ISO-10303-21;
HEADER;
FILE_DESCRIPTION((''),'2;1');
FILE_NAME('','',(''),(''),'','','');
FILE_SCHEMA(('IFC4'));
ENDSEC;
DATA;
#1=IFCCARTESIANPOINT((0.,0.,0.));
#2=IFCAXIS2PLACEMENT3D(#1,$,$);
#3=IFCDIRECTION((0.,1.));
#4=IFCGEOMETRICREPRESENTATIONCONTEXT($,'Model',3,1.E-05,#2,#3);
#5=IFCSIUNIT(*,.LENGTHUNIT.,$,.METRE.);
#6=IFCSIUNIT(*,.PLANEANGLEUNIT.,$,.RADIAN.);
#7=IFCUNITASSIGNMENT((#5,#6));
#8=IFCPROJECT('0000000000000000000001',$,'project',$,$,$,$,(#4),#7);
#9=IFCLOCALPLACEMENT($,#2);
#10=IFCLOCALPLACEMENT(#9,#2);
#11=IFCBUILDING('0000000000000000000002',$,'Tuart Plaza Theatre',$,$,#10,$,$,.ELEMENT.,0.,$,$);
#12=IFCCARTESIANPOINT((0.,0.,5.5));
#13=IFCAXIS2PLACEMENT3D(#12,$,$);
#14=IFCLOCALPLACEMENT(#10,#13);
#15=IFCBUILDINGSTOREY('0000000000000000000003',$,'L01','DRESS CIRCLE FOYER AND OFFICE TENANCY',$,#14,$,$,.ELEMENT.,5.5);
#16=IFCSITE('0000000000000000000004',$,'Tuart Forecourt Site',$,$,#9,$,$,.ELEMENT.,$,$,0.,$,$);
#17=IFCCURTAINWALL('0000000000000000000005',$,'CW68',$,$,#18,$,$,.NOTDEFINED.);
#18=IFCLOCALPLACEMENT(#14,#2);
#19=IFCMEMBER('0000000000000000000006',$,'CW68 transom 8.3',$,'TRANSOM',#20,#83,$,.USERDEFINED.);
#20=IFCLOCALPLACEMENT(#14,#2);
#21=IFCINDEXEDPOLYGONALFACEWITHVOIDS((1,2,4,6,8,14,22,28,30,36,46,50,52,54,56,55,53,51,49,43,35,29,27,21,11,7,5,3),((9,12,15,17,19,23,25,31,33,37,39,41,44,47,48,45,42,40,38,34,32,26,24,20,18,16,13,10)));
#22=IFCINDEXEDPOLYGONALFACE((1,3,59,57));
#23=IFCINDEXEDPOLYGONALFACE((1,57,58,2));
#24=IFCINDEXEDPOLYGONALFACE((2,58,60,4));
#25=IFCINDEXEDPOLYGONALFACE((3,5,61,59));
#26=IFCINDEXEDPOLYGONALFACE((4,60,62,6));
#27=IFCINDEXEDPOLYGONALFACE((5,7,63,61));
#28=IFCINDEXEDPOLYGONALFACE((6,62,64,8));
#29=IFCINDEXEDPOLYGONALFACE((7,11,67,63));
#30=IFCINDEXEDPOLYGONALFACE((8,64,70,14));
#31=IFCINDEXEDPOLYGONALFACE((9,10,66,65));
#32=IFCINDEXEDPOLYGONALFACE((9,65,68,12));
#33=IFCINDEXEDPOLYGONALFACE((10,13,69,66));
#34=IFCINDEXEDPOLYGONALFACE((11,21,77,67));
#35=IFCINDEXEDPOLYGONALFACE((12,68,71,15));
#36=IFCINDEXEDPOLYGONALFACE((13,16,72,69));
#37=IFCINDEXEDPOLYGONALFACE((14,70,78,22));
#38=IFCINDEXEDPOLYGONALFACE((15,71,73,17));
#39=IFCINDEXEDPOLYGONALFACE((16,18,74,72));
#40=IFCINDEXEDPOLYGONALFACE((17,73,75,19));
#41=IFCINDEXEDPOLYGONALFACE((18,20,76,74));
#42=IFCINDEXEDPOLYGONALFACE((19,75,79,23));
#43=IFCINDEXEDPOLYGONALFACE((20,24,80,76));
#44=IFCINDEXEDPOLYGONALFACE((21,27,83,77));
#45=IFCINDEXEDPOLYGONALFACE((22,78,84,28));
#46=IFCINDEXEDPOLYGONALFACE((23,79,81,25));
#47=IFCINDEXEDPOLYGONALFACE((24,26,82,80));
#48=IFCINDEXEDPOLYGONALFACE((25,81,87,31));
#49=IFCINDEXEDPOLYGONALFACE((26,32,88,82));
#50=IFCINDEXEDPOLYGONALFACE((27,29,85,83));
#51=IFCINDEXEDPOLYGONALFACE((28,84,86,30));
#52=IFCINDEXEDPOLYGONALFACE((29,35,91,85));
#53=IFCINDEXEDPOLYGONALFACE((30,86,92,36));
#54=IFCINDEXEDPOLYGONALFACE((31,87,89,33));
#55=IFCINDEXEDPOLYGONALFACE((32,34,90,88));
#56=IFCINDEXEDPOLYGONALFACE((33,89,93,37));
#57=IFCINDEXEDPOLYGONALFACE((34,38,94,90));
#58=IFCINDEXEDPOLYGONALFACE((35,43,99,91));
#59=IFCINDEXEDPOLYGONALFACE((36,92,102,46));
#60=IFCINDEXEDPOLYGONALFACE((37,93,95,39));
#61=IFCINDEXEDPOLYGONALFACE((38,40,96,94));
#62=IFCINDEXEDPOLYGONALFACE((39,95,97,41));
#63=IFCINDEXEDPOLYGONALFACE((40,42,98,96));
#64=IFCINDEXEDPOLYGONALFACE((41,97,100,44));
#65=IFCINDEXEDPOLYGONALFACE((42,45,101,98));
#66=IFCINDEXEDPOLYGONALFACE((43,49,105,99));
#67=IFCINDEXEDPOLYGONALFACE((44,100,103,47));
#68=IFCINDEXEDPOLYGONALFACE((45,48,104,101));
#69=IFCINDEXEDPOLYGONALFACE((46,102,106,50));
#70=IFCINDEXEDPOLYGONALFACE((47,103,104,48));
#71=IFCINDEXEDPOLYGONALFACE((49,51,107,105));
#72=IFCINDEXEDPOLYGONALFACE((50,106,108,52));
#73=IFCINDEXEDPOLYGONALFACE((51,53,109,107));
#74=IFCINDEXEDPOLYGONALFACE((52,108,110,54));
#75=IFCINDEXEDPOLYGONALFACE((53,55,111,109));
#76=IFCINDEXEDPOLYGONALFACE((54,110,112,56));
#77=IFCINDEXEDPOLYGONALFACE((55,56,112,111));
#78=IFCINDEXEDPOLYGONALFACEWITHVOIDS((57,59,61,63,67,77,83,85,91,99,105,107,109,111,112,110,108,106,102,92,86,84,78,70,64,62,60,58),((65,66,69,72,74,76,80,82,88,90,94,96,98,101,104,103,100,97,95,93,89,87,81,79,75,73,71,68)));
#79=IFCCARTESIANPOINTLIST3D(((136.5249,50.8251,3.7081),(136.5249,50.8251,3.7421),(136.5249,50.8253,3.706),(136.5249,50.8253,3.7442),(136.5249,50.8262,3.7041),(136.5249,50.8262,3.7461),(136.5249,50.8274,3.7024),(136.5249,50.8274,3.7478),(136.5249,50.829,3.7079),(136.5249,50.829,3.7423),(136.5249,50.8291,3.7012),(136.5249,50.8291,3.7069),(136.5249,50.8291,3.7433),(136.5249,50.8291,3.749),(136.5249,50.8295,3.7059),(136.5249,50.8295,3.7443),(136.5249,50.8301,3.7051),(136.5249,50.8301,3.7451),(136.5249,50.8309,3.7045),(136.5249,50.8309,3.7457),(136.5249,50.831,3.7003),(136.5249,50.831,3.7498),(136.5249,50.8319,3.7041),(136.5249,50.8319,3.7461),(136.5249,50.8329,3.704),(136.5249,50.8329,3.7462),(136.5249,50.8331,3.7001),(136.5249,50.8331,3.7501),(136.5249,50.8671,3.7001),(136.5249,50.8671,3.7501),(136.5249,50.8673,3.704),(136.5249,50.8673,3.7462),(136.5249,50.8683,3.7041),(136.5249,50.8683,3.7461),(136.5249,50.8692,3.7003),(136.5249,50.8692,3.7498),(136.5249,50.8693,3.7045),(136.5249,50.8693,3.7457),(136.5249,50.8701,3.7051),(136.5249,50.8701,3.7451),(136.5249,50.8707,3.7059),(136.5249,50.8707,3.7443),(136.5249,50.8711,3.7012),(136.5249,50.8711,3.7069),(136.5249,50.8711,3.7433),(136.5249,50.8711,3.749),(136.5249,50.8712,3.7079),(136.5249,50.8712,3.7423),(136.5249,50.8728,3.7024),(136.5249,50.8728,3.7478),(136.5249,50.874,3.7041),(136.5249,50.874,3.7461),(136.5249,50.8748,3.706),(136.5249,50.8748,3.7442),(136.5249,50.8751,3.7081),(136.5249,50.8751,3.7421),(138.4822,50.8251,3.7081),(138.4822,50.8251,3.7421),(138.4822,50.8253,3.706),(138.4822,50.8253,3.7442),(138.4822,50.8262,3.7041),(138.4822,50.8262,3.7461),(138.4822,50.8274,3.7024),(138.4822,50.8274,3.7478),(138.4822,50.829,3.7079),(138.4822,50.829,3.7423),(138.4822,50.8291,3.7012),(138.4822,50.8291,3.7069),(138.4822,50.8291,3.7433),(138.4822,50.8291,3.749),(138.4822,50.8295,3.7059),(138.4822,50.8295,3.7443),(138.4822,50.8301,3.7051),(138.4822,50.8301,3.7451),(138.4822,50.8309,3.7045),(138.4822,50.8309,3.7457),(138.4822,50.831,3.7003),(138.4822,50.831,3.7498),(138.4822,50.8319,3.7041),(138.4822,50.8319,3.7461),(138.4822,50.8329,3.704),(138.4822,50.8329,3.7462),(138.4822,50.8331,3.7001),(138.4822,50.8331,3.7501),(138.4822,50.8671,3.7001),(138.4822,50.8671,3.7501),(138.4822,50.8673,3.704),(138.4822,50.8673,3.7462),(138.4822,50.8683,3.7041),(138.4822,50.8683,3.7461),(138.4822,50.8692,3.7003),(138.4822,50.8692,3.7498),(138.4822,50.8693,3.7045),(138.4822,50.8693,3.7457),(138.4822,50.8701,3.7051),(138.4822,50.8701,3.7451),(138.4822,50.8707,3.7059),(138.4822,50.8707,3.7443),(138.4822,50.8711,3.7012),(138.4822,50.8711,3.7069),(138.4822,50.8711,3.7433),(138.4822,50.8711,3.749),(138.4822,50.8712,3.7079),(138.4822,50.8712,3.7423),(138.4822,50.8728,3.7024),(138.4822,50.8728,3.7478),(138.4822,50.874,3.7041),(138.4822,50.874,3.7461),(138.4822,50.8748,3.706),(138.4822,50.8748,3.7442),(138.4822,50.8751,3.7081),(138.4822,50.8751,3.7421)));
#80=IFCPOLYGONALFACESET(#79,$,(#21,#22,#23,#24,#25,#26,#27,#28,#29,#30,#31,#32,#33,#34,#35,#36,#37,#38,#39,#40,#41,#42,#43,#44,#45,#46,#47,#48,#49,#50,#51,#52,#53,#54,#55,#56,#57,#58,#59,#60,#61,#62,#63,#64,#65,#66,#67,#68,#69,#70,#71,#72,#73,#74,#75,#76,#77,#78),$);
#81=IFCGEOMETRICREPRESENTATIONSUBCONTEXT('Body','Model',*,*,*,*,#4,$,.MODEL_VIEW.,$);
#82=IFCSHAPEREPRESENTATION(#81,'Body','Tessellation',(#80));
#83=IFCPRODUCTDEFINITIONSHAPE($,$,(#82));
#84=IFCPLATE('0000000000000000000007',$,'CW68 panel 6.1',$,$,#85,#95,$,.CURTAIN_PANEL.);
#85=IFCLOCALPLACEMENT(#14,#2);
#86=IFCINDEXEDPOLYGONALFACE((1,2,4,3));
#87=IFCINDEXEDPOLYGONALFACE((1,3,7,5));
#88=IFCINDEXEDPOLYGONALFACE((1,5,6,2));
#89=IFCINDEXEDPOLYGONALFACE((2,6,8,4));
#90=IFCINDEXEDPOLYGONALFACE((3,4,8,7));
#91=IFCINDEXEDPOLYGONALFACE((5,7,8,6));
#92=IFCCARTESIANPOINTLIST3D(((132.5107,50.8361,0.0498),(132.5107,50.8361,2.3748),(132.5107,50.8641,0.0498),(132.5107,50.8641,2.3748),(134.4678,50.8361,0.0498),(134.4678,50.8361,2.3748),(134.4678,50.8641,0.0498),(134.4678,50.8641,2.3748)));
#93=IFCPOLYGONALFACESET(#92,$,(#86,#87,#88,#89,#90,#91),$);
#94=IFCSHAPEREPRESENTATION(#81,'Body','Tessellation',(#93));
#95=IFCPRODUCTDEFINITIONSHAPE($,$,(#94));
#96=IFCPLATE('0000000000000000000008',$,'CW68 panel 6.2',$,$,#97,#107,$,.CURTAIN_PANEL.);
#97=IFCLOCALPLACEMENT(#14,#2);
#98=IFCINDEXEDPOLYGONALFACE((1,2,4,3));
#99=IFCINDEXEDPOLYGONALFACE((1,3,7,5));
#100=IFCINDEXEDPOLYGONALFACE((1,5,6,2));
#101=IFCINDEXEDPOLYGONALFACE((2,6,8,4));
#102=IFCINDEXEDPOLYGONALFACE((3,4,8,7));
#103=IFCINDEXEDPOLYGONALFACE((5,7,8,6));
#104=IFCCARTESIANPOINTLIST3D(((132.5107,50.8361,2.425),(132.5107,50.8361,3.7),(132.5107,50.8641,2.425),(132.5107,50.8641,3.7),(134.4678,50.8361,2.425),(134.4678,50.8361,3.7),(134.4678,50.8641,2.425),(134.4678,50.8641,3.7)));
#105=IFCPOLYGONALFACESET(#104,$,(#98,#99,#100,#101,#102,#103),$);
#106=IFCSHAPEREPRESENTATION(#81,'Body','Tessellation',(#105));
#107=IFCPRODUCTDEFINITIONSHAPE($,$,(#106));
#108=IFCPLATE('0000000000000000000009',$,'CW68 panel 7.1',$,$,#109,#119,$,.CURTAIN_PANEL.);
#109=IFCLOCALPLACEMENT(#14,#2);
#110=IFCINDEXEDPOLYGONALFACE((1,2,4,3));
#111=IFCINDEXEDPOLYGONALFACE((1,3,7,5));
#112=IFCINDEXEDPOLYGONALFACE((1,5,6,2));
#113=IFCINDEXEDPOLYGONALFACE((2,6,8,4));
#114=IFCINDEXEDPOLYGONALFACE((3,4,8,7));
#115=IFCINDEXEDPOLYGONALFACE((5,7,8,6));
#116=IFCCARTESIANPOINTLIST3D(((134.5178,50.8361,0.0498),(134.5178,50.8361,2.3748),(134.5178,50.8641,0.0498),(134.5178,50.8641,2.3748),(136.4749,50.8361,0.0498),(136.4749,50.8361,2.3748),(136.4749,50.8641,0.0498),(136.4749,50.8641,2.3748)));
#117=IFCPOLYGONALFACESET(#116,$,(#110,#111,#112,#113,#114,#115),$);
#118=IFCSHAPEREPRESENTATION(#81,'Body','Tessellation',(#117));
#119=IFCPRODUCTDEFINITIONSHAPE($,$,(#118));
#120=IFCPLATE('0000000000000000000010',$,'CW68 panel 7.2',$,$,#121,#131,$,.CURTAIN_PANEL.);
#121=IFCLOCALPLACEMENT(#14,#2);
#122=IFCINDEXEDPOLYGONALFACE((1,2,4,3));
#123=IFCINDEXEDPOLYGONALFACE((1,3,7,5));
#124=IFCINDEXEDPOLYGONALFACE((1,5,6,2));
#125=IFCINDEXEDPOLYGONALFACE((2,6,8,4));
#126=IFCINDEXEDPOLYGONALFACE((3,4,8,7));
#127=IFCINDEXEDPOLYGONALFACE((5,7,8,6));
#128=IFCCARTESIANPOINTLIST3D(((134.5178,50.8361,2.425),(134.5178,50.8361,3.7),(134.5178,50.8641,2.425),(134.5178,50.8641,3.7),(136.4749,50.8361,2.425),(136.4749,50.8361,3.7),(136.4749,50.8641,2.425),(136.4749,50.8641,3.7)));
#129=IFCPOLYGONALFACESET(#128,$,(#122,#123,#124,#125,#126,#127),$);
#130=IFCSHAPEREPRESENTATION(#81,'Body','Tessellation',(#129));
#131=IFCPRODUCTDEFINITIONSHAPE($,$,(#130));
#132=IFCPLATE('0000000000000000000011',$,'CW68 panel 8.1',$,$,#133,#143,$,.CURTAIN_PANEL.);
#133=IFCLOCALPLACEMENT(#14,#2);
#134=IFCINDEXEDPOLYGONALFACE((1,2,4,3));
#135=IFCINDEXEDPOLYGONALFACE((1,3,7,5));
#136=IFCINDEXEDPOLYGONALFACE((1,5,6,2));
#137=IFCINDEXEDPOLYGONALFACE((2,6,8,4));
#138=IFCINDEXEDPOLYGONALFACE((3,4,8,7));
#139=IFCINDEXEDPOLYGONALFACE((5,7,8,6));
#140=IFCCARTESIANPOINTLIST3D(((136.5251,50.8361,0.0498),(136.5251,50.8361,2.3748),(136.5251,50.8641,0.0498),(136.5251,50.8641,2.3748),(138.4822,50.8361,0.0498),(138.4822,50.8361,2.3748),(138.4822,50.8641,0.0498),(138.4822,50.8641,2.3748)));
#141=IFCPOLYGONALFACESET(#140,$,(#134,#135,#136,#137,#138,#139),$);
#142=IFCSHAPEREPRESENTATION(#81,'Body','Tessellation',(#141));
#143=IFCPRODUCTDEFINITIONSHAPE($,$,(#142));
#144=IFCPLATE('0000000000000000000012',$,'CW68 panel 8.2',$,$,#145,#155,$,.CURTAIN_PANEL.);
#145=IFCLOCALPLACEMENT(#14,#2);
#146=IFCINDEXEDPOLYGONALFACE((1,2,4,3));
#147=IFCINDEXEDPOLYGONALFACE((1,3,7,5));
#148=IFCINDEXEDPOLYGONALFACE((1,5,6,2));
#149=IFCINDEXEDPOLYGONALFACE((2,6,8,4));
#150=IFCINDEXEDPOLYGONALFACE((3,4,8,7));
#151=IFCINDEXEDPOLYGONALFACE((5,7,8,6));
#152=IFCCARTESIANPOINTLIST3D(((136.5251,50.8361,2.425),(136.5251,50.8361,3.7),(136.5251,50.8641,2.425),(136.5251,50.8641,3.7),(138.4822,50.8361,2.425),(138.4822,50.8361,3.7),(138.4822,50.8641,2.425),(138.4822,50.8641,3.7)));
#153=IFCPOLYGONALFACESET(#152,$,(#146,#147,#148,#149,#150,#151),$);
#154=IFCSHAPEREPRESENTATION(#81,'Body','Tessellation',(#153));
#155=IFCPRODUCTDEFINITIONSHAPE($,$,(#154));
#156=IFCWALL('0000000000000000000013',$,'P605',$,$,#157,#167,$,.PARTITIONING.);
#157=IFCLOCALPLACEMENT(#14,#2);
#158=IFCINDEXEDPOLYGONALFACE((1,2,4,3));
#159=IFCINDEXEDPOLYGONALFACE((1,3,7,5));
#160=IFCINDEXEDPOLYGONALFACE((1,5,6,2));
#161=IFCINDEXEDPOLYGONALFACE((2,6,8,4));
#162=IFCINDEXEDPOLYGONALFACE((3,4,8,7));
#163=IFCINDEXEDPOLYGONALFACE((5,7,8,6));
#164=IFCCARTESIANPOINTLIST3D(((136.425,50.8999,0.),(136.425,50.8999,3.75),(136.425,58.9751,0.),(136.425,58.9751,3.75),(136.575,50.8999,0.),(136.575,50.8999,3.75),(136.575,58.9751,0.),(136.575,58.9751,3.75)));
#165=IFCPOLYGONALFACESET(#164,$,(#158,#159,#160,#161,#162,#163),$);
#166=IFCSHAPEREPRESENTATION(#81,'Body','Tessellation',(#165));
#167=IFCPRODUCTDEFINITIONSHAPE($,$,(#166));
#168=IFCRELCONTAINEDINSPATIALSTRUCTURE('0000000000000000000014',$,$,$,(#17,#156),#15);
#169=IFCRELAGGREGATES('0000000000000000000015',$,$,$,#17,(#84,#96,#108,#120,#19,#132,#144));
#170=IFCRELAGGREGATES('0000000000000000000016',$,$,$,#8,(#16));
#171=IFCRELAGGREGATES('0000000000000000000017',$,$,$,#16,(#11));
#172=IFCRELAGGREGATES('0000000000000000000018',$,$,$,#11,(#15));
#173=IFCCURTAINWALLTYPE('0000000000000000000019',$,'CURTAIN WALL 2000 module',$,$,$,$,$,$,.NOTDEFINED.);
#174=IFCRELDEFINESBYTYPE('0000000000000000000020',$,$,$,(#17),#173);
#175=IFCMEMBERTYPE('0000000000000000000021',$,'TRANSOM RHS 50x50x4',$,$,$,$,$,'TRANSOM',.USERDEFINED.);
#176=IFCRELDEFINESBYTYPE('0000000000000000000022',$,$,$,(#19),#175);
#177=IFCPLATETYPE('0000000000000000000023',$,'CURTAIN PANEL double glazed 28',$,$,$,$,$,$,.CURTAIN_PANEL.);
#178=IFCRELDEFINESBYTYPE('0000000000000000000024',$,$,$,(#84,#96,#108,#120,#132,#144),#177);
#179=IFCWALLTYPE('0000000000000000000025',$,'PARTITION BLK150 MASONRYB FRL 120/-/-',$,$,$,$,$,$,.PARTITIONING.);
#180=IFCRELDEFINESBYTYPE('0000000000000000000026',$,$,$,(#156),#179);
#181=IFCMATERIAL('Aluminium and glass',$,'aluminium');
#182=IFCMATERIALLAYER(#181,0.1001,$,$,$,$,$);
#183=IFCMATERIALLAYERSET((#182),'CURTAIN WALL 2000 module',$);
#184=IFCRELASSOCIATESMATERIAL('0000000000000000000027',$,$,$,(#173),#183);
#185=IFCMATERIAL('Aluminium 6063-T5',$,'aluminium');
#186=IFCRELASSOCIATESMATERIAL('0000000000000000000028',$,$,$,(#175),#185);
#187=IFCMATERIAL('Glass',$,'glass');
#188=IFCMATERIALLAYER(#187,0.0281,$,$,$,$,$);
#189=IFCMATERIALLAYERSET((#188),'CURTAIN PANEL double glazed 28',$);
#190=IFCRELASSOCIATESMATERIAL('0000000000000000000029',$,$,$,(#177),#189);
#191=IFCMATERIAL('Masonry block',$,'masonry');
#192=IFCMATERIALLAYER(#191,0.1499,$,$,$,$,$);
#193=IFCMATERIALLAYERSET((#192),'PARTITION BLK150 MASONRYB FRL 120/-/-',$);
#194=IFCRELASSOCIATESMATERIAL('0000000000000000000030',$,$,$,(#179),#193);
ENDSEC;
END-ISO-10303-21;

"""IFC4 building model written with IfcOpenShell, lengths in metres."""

from ifc_helpers import new_model, si_unit, direction, frame, frame_2d, origin, origin_2d, place, context, subcontext, project, spatial, rectangle, hollow_rectangle, extrude, material, layer, layer_set, material_profile, profile_set, type_object, element, aggregate, save


model = new_model("IFC4")

# Units and contexts
model_context = context("Model", 3, precision=1e-05, world=origin(), true_north=direction((0.0, 1.0)))
body_context = subcontext(model_context, "Body", "Model", "MODEL_VIEW")
ifc_project = project(units=[si_unit("LENGTHUNIT", "METRE"), si_unit("PLANEANGLEUNIT", "RADIAN")], contexts=[model_context])

# Site, building, storey
site_placement = place(None, origin())
site = spatial("IfcSite", under=ifc_project, at=site_placement, Name="Tuart Forecourt Site", CompositionType="ELEMENT", RefElevation=0.0)
building_placement = place(site_placement, origin())
building = spatial("IfcBuilding", under=site, at=building_placement, Name="Tuart Plaza Theatre", CompositionType="ELEMENT", ElevationOfRefHeight=0.0)
storey_placement = place(building_placement, frame((0.0, 0.0, 5.5)))
storey = spatial("IfcBuildingStorey", under=building, at=storey_placement, Name="L01", Description="DRESS CIRCLE FOYER AND OFFICE TENANCY", CompositionType="ELEMENT", Elevation=5.5)

# Curtain wall, member, plates
ifc_material_1 = material(Name="Aluminium and glass", Category="aluminium")
ifc_layer_1 = layer(ifc_material_1, 0.1001)
ifc_layer_set_1 = layer_set([ifc_layer_1], Name="CURTAIN WALL 2000 module")
curtain_wall_type = type_object("IfcCurtainWallType", Name="CURTAIN WALL 2000 module", PredefinedType="NOTDEFINED", material=ifc_layer_set_1)
curtain_wall_placement = place(storey_placement, origin())
curtain_wall = element("IfcCurtainWall", 1, at=curtain_wall_placement, inside=storey, type_object=curtain_wall_type, Name="CW68", PredefinedType="NOTDEFINED")
ifc_material_2 = material(Name="Aluminium 6063-T5", Category="aluminium")
ifc_material_profile_1 = material_profile(ifc_material_2, hollow_rectangle(XDim=0.05, YDim=0.05, WallThickness=0.0039, InnerFilletRadius=0.0039, OuterFilletRadius=0.0081, at=origin_2d()), Name="RHS 50x50x4")
ifc_profile_set_1 = profile_set([ifc_material_profile_1], Name="Aluminium 6063-T5")
member_type_1 = type_object("IfcMemberType", Name="TRANSOM RHS 50x50x4", ElementType="TRANSOM", PredefinedType="USERDEFINED", material=ifc_profile_set_1)
member_1_placement = place(storey_placement, frame((136.5249, 50.8501, 3.7251), z_axis=(1.0, 0.0, 0.0), x_axis=(0.0, 1.0, 0.0)))
member_1 = element("IfcMember", 2, at=member_1_placement, type_object=member_type_1, Name="CW68 transom 8.3", ObjectType="TRANSOM", PredefinedType="USERDEFINED", context=body_context, shape_type="SweptSolid", body=[
    extrude(hollow_rectangle(XDim=0.05, YDim=0.05, WallThickness=0.0039, InnerFilletRadius=0.0039, OuterFilletRadius=0.0081, at=origin_2d()), origin(), (0.0, 0.0, 1.0), 1.9573),
])
ifc_material_3 = material(Name="Glass", Category="glass")
ifc_layer_2 = layer(ifc_material_3, 0.0281)
ifc_layer_set_2 = layer_set([ifc_layer_2], Name="CURTAIN PANEL double glazed 28")
plate_type = type_object("IfcPlateType", Name="CURTAIN PANEL double glazed 28", PredefinedType="CURTAIN_PANEL", material=ifc_layer_set_2)
plate_1_placement = place(storey_placement, frame((133.4893, 50.8501, 0.0498), z_axis=(0.0, 0.0, 1.0), x_axis=(1.0, 0.0, 0.0)))
plate_1 = element("IfcPlate", 3, at=plate_1_placement, type_object=plate_type, Name="CW68 panel 6.1", PredefinedType="CURTAIN_PANEL", context=body_context, shape_type="SweptSolid", body=[
    extrude(rectangle(XDim=1.957, YDim=0.0281, at=origin_2d()), origin(), (0.0, 0.0, 1.0), 2.325),
])
plate_2_placement = place(storey_placement, frame((133.4893, 50.8501, 2.425), z_axis=(0.0, 0.0, 1.0), x_axis=(1.0, 0.0, 0.0)))
plate_2 = element("IfcPlate", 4, at=plate_2_placement, type_object=plate_type, Name="CW68 panel 6.2", PredefinedType="CURTAIN_PANEL", context=body_context, shape_type="SweptSolid", body=[
    extrude(rectangle(XDim=1.957, YDim=0.0281, at=origin_2d()), origin(), (0.0, 0.0, 1.0), 1.2749),
])
plate_3_placement = place(storey_placement, frame((135.4963, 50.8501, 0.0498), z_axis=(0.0, 0.0, 1.0), x_axis=(1.0, 0.0, 0.0)))
plate_3 = element("IfcPlate", 5, at=plate_3_placement, type_object=plate_type, Name="CW68 panel 7.1", PredefinedType="CURTAIN_PANEL", context=body_context, shape_type="SweptSolid", body=[
    extrude(rectangle(XDim=1.957, YDim=0.0281, at=origin_2d()), origin(), (0.0, 0.0, 1.0), 2.325),
])
plate_4_placement = place(storey_placement, frame((135.4963, 50.8501, 2.425), z_axis=(0.0, 0.0, 1.0), x_axis=(1.0, 0.0, 0.0)))
plate_4 = element("IfcPlate", 6, at=plate_4_placement, type_object=plate_type, Name="CW68 panel 7.2", PredefinedType="CURTAIN_PANEL", context=body_context, shape_type="SweptSolid", body=[
    extrude(rectangle(XDim=1.957, YDim=0.0281, at=origin_2d()), origin(), (0.0, 0.0, 1.0), 1.2749),
])
plate_5_placement = place(storey_placement, frame((137.5037, 50.8501, 0.0498), z_axis=(0.0, 0.0, 1.0), x_axis=(1.0, 0.0, 0.0)))
plate_5 = element("IfcPlate", 7, at=plate_5_placement, type_object=plate_type, Name="CW68 panel 8.1", PredefinedType="CURTAIN_PANEL", context=body_context, shape_type="SweptSolid", body=[
    extrude(rectangle(XDim=1.957, YDim=0.0281, at=origin_2d()), origin(), (0.0, 0.0, 1.0), 2.325),
])
plate_6_placement = place(storey_placement, frame((137.5037, 50.8501, 2.425), z_axis=(0.0, 0.0, 1.0), x_axis=(1.0, 0.0, 0.0)))
plate_6 = element("IfcPlate", 8, at=plate_6_placement, type_object=plate_type, Name="CW68 panel 8.2", PredefinedType="CURTAIN_PANEL", context=body_context, shape_type="SweptSolid", body=[
    extrude(rectangle(XDim=1.957, YDim=0.0281, at=origin_2d()), origin(), (0.0, 0.0, 1.0), 1.2749),
])
aggregate(curtain_wall, [plate_1, plate_2, plate_3, plate_4, member_1, plate_5, plate_6])

# Wall
ifc_material_4 = material(Name="Masonry block", Category="masonry")
ifc_layer_3 = layer(ifc_material_4, 0.1499)
ifc_layer_set_3 = layer_set([ifc_layer_3], Name="PARTITION BLK150 MASONRYB FRL 120/-/-")
wall_type = type_object("IfcWallType", Name="PARTITION BLK150 MASONRYB FRL 120/-/-", PredefinedType="PARTITIONING", material=ifc_layer_set_3)
wall_placement = place(storey_placement, frame((136.5, 50.8999, 0.0), z_axis=(0.0, 0.0, 1.0), x_axis=(0.0, 1.0, 0.0)))
element("IfcWall", 9, at=wall_placement, inside=storey, type_object=wall_type, Name="P605", PredefinedType="PARTITIONING", context=body_context, shape_type="SweptSolid", body=[
    extrude(rectangle(XDim=8.0752, YDim=0.1499, at=frame_2d((4.0376, 0.0))), origin(), (0.0, 0.0, 1.0), 3.75),
])

save(model, "model.ifc")
